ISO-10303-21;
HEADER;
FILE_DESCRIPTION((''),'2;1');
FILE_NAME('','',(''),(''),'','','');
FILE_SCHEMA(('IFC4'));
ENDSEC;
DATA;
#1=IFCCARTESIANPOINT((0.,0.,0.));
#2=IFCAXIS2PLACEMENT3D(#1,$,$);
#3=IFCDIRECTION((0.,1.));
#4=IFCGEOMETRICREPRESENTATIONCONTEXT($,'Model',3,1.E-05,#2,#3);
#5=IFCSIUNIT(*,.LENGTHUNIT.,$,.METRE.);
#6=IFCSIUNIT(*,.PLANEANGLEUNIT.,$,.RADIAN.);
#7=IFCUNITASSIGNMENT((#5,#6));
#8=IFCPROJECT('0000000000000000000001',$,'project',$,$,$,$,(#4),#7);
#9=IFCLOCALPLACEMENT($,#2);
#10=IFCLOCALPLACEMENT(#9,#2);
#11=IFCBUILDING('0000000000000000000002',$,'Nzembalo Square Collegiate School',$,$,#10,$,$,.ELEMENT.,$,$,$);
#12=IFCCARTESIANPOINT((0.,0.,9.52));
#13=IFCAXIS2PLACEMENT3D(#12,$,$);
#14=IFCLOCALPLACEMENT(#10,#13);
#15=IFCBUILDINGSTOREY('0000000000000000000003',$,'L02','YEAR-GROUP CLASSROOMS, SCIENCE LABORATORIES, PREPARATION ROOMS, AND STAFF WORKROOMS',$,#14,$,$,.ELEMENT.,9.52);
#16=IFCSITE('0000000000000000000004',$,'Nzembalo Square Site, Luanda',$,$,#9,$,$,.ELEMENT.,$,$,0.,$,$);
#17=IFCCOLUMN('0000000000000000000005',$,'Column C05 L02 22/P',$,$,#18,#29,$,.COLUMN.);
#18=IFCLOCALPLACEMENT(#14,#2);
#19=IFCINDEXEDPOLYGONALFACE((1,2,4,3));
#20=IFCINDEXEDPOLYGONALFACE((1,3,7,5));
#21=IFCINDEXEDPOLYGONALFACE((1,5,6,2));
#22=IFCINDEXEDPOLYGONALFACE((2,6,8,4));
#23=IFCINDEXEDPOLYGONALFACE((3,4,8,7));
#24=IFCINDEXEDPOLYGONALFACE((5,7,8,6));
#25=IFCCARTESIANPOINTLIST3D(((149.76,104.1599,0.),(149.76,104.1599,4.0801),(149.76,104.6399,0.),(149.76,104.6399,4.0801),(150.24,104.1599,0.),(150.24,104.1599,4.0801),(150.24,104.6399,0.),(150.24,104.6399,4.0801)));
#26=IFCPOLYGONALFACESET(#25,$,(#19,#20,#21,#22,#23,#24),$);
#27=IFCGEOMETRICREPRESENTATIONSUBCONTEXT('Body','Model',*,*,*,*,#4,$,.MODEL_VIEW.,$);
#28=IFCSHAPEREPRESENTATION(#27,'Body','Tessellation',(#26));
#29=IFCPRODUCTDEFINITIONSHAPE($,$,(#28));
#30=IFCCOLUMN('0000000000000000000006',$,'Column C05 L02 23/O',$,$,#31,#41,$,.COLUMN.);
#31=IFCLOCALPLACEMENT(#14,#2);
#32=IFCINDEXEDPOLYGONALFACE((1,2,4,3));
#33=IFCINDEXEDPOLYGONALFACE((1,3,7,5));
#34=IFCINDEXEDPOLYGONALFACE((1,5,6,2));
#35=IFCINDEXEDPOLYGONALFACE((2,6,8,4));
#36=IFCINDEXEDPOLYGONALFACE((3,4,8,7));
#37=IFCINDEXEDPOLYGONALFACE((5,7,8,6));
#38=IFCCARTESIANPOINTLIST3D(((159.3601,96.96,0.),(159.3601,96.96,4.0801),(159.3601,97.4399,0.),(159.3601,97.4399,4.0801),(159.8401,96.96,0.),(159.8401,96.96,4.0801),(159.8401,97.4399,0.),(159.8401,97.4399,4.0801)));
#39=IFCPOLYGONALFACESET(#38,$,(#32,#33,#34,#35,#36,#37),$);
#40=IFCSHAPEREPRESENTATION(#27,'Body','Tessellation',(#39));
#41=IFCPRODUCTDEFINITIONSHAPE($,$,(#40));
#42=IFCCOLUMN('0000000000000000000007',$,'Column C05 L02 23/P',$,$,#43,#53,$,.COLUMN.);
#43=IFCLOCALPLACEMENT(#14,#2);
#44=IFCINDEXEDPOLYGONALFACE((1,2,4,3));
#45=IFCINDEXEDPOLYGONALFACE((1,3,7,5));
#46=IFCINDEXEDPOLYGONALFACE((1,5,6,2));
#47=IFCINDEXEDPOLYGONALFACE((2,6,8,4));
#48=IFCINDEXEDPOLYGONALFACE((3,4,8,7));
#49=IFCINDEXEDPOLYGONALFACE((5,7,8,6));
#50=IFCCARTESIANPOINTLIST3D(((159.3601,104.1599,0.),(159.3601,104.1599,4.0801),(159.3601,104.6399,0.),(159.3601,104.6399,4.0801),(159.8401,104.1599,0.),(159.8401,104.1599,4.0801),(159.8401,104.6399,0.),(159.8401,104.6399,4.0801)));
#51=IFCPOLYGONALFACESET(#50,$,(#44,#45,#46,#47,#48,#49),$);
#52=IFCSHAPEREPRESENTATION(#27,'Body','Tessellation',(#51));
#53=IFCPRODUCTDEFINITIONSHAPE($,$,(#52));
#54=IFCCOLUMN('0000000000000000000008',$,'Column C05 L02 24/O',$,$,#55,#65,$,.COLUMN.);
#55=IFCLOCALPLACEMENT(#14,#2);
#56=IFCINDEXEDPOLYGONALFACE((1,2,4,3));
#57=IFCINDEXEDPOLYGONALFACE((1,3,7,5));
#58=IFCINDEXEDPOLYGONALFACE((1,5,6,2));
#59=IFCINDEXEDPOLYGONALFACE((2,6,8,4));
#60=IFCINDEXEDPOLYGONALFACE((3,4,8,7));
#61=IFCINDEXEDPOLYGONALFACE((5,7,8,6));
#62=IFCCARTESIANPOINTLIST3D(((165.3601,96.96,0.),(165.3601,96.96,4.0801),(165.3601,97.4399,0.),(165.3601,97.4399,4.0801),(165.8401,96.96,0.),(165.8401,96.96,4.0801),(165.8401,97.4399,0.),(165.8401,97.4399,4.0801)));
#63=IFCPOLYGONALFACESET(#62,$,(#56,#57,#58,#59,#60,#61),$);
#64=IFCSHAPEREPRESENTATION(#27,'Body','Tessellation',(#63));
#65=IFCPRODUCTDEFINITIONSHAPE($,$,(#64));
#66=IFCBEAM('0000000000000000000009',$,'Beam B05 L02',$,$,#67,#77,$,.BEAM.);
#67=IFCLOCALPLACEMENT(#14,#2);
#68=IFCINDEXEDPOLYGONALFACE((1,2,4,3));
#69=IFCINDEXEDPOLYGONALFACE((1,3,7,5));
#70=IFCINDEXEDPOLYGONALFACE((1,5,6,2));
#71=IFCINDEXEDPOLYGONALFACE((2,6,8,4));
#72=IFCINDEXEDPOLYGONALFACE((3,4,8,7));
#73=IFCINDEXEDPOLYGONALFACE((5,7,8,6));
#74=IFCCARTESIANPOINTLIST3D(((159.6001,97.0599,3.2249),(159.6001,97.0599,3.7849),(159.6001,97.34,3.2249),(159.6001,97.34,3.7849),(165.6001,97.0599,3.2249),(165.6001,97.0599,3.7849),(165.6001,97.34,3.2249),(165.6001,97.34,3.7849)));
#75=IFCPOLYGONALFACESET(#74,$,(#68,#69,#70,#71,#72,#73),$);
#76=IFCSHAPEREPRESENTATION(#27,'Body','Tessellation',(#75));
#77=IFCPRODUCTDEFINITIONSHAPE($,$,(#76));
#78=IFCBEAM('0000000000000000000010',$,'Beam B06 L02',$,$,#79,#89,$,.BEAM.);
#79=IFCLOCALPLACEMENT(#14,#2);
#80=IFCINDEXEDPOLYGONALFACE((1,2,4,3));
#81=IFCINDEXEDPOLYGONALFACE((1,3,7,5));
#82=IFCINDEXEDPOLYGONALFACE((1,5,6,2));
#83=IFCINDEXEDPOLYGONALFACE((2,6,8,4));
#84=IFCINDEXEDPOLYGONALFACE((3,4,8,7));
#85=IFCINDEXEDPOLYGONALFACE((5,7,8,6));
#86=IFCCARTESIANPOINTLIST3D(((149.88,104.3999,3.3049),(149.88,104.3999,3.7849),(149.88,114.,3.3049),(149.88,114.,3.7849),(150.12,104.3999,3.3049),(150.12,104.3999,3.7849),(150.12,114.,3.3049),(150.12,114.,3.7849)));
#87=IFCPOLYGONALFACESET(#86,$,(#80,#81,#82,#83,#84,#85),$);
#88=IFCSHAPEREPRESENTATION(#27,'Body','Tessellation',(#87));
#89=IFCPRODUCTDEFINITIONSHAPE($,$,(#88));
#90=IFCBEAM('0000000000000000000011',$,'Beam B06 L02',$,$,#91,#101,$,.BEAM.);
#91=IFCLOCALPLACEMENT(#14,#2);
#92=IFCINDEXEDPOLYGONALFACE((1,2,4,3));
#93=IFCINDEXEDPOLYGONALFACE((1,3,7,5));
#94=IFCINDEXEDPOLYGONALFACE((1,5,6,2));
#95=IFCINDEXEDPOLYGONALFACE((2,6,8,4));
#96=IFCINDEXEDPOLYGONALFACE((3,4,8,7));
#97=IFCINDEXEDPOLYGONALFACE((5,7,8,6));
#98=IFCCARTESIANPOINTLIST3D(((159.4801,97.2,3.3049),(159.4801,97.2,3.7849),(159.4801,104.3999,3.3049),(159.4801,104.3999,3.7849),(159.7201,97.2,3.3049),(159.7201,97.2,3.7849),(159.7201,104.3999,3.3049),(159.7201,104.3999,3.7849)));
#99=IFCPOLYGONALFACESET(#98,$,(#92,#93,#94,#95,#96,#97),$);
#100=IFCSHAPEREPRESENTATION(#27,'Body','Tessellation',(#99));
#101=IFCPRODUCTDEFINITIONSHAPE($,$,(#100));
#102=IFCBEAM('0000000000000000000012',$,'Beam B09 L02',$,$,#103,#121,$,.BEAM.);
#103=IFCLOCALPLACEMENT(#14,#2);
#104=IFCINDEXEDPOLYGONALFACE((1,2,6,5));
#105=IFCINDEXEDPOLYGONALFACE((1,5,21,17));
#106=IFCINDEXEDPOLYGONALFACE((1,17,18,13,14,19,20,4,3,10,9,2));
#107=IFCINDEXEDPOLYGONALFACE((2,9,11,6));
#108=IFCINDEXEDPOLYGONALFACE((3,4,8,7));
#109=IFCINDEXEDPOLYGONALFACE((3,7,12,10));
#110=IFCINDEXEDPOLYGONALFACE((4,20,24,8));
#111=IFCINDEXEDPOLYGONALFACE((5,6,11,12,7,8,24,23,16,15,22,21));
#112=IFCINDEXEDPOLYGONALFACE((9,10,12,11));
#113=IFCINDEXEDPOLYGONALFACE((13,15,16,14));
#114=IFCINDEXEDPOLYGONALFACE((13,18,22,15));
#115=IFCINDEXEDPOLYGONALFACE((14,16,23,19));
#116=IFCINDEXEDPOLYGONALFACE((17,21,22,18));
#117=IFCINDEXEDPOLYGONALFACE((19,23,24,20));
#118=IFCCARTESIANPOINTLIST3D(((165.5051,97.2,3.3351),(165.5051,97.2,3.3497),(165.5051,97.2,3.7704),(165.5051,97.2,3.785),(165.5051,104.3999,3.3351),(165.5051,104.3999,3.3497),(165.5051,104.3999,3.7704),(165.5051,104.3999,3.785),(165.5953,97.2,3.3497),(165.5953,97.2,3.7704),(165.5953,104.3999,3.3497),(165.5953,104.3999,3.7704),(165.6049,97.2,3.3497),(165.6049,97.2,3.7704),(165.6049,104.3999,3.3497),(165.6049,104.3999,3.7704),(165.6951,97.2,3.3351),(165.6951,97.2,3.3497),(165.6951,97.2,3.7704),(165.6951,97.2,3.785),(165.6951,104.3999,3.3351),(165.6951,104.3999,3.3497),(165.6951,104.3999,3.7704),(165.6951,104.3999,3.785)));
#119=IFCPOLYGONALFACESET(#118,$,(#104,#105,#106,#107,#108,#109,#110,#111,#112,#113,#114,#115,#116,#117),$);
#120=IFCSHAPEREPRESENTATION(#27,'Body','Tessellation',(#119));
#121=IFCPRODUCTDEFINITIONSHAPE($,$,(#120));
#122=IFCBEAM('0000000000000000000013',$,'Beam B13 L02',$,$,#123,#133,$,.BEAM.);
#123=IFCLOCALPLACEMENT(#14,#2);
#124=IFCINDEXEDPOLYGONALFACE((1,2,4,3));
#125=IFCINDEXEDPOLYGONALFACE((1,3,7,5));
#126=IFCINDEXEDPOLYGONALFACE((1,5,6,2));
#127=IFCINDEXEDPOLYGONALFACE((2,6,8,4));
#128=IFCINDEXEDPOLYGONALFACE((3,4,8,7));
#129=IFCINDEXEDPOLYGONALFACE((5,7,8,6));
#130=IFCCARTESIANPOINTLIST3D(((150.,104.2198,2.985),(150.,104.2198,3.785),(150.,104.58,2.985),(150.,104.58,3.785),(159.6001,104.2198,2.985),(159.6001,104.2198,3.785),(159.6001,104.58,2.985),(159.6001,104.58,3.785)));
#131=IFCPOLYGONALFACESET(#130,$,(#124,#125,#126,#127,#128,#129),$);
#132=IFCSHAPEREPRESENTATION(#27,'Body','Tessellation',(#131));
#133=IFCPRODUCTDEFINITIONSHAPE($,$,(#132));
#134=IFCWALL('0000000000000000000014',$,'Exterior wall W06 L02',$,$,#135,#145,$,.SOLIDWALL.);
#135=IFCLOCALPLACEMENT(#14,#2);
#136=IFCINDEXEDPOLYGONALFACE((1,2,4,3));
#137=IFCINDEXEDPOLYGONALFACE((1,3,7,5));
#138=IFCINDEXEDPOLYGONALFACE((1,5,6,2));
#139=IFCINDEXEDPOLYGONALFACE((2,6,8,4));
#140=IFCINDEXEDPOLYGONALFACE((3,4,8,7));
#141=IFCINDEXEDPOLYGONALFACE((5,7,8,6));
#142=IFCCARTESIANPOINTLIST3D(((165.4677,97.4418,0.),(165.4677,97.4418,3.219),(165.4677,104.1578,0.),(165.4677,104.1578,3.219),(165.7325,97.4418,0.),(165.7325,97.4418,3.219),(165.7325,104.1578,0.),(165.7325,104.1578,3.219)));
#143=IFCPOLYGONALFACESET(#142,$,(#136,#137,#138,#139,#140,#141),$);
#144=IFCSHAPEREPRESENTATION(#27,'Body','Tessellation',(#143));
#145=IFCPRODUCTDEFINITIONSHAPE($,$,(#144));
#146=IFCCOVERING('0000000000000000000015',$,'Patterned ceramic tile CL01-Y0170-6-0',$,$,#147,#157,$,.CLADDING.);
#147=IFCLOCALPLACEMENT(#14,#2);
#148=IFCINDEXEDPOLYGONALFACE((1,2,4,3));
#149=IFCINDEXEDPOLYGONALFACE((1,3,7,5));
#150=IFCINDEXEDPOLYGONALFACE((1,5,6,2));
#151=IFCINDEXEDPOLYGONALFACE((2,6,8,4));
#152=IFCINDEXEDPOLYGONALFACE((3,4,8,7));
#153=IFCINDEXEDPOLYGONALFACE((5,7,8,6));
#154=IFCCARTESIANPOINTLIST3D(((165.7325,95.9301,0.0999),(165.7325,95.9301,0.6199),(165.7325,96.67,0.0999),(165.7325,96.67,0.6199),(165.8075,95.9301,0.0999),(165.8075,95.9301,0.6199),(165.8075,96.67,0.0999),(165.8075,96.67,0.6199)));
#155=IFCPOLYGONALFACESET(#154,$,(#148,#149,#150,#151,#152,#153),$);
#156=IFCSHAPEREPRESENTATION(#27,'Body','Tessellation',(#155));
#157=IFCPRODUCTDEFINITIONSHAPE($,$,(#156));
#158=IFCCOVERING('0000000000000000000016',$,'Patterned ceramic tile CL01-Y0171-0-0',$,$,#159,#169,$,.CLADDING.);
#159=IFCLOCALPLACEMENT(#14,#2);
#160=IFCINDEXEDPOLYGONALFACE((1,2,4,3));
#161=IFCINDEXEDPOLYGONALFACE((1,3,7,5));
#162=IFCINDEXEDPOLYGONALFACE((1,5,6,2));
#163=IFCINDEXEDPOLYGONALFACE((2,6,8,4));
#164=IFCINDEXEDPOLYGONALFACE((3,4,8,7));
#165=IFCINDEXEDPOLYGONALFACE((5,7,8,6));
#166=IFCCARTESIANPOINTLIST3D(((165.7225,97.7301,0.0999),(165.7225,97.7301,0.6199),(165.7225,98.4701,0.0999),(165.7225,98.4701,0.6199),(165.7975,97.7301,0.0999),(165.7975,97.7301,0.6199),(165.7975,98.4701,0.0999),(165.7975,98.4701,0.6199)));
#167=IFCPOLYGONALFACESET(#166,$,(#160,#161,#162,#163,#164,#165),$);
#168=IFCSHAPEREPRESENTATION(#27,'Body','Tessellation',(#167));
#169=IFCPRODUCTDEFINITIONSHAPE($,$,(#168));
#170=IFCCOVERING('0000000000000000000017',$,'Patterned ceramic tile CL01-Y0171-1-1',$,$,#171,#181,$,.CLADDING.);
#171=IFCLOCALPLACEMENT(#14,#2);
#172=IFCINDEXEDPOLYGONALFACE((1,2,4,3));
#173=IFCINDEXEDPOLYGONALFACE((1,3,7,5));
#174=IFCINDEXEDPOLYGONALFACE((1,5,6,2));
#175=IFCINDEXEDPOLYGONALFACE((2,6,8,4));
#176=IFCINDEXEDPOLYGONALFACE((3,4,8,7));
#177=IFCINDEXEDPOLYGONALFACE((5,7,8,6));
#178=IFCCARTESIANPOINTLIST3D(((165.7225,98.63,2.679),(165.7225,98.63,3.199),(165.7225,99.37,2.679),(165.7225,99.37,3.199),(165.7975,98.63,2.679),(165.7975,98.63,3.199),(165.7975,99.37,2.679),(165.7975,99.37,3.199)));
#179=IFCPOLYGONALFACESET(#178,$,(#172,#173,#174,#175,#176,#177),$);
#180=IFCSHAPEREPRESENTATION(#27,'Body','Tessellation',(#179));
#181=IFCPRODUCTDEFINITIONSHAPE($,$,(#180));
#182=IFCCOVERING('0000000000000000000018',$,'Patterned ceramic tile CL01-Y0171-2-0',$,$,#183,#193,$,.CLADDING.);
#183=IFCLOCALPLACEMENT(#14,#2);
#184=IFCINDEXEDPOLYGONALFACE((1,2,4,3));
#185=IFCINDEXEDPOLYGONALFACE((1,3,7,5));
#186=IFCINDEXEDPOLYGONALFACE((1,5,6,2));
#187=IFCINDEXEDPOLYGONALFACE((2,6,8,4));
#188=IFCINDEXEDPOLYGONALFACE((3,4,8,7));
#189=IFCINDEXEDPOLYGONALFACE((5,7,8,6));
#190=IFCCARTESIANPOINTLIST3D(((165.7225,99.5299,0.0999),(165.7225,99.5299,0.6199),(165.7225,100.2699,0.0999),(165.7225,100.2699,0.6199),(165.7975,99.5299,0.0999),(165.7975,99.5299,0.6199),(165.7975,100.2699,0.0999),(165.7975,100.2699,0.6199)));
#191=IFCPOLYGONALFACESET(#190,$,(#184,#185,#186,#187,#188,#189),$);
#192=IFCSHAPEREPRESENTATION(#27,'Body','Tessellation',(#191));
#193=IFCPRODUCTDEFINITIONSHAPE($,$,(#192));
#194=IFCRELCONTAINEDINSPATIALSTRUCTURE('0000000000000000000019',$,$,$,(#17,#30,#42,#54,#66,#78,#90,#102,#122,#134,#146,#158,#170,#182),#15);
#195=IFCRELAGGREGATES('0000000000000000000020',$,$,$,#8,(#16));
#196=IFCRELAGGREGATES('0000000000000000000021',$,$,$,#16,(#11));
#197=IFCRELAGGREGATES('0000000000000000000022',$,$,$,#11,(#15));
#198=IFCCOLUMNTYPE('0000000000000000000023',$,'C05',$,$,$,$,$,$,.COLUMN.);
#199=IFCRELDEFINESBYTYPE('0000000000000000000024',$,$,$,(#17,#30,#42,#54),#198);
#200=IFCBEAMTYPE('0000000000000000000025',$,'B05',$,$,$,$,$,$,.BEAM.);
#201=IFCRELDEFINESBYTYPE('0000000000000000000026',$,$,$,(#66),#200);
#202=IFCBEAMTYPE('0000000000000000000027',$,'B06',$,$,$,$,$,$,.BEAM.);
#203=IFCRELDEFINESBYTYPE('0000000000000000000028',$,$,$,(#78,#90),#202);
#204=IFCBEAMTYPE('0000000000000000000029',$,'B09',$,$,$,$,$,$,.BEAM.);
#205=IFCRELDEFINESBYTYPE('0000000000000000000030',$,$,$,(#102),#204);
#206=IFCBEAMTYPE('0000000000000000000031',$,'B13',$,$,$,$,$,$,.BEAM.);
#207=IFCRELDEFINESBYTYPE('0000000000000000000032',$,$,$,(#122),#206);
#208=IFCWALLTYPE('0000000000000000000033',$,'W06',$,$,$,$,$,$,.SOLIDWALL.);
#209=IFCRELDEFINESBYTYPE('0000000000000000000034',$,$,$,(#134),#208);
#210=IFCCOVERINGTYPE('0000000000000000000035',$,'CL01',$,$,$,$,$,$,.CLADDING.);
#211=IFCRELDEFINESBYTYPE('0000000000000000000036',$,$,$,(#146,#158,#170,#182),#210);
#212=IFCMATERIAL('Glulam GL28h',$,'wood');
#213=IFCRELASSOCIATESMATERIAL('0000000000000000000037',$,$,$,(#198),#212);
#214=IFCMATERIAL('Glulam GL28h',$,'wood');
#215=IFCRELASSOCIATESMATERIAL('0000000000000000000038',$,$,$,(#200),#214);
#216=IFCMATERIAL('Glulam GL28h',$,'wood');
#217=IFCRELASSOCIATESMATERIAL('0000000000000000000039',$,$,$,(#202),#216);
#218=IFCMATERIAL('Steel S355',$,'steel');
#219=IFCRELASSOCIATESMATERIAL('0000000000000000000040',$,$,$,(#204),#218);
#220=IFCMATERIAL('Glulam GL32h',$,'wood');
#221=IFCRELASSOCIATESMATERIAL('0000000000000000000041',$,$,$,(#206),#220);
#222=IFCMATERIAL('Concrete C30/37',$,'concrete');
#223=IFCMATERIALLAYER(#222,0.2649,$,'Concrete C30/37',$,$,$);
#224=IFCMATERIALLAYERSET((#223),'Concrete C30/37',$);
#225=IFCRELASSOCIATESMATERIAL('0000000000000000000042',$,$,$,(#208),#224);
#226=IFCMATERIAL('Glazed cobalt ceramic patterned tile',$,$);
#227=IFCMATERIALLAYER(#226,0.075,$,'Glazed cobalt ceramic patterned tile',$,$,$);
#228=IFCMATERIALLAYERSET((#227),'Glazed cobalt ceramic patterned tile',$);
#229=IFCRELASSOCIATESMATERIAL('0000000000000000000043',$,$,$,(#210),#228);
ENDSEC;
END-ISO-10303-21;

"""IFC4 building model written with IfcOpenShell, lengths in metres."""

from ifc_helpers import new_model, si_unit, direction, frame, frame_2d, origin, origin_2d, place, context, subcontext, project, spatial, rectangle, i_section, extrude, material, layer, layer_set, material_profile, profile_set, type_object, element, save


model = new_model("IFC4")

# Units and contexts
model_context = context("Model", 3, precision=1e-05, world=origin(), true_north=direction((0.0, 1.0)))
body_context = subcontext(model_context, "Body", "Model", "MODEL_VIEW")
ifc_project = project(units=[si_unit("LENGTHUNIT", "METRE"), si_unit("PLANEANGLEUNIT", "RADIAN")], contexts=[model_context])

# Site, building, storey
site_placement = place(None, origin())
site = spatial("IfcSite", under=ifc_project, at=site_placement, Name="Nzembalo Square Site, Luanda", CompositionType="ELEMENT", RefElevation=0.0)
building_placement = place(site_placement, origin())
building = spatial("IfcBuilding", under=site, at=building_placement, Name="Nzembalo Square Collegiate School", CompositionType="ELEMENT")
storey_placement = place(building_placement, frame((0.0, 0.0, 9.52)))
storey = spatial("IfcBuildingStorey", under=building, at=storey_placement, Name="L02", Description="YEAR-GROUP CLASSROOMS, SCIENCE LABORATORIES, PREPARATION ROOMS, AND STAFF WORKROOMS", CompositionType="ELEMENT", Elevation=9.52)

# Columns
ifc_material_1 = material(Name="Glulam GL28h", Category="wood")
ifc_material_profile_1 = material_profile(ifc_material_1, rectangle(XDim=0.48, YDim=0.48, at=origin_2d()), Name="GL28h 480x480")
ifc_profile_set_1 = profile_set([ifc_material_profile_1], Name="Glulam GL28h")
column_type = type_object("IfcColumnType", Name="C05", PredefinedType="COLUMN", material=ifc_profile_set_1)
for number, where, z_axis, x_axis, name in (
    (1, (150.0, 104.3999, 0.0), (0.0, 0.0, 1.0), (1.0, 0.0, 0.0), "Column C05 L02 22/P"),
    (2, (159.6001, 97.2, 0.0), (0.0, 0.0, 1.0), (1.0, 0.0, 0.0), "Column C05 L02 23/O"),
    (3, (159.6001, 104.3999, 0.0), (0.0, 0.0, 1.0), (1.0, 0.0, 0.0), "Column C05 L02 23/P"),
    (4, (165.6001, 97.2, 0.0), (0.0, 0.0, 1.0), (1.0, 0.0, 0.0), "Column C05 L02 24/O"),
):
    element("IfcColumn", number, at=place(storey_placement, frame(where, z_axis=z_axis, x_axis=x_axis)), inside=storey, type_object=column_type, Name=name, PredefinedType="COLUMN", context=body_context, shape_type="SweptSolid", body=[
        extrude(rectangle(XDim=0.48, YDim=0.48, at=origin_2d()), origin(), (0.0, 0.0, 1.0), 4.0801),
    ])

# Beams
ifc_material_2 = material(Name="Glulam GL28h", Category="wood")
ifc_material_profile_2 = material_profile(ifc_material_2, rectangle(XDim=0.28, YDim=0.5601, at=origin_2d()), Name="GL28h 280x560")
ifc_profile_set_2 = profile_set([ifc_material_profile_2], Name="Glulam GL28h")
beam_type_1 = type_object("IfcBeamType", Name="B05", PredefinedType="BEAM", material=ifc_profile_set_2)
beam_1_placement = place(storey_placement, frame((159.6001, 97.2, 3.5049), z_axis=(1.0, 0.0, 0.0), x_axis=(0.0, 1.0, 0.0)))
element("IfcBeam", 5, at=beam_1_placement, inside=storey, type_object=beam_type_1, Name="Beam B05 L02", PredefinedType="BEAM", context=body_context, shape_type="SweptSolid", body=[
    extrude(rectangle(XDim=0.28, YDim=0.5601, at=origin_2d()), origin(), (0.0, 0.0, 1.0), 6.0),
])
ifc_material_3 = material(Name="Glulam GL28h", Category="wood")
ifc_material_profile_3 = material_profile(ifc_material_3, rectangle(XDim=0.24, YDim=0.48, at=origin_2d()), Name="GL28h 240x480")
ifc_profile_set_3 = profile_set([ifc_material_profile_3], Name="Glulam GL28h")
beam_type_2 = type_object("IfcBeamType", Name="B06", PredefinedType="BEAM", material=ifc_profile_set_3)
beam_2_placement = place(storey_placement, frame((150.0, 104.3999, 3.5449), z_axis=(0.0, 1.0, 0.0), x_axis=(-1.0, 0.0, 0.0)))
element("IfcBeam", 6, at=beam_2_placement, inside=storey, type_object=beam_type_2, Name="Beam B06 L02", PredefinedType="BEAM", context=body_context, shape_type="SweptSolid", body=[
    extrude(rectangle(XDim=0.24, YDim=0.48, at=origin_2d()), origin(), (0.0, 0.0, 1.0), 9.6001),
])
beam_3_placement = place(storey_placement, frame((159.6001, 97.2, 3.5449), z_axis=(0.0, 1.0, 0.0), x_axis=(-1.0, 0.0, 0.0)))
element("IfcBeam", 7, at=beam_3_placement, inside=storey, type_object=beam_type_2, Name="Beam B06 L02", PredefinedType="BEAM", context=body_context, shape_type="SweptSolid", body=[
    extrude(rectangle(XDim=0.24, YDim=0.48, at=origin_2d()), origin(), (0.0, 0.0, 1.0), 7.2),
])
ifc_material_4 = material(Name="Steel S355", Category="steel")
ifc_material_profile_4 = material_profile(ifc_material_4, i_section(OverallWidth=0.1899, OverallDepth=0.45, WebThickness=0.0095, FlangeThickness=0.0146, at=origin_2d()), Name="IPE 450")
ifc_profile_set_4 = profile_set([ifc_material_profile_4], Name="Steel S355")
beam_type_3 = type_object("IfcBeamType", Name="B09", PredefinedType="BEAM", material=ifc_profile_set_4)
beam_4_placement = place(storey_placement, frame((165.6001, 97.2, 3.5601), z_axis=(0.0, 1.0, 0.0), x_axis=(-1.0, 0.0, 0.0)))
element("IfcBeam", 8, at=beam_4_placement, inside=storey, type_object=beam_type_3, Name="Beam B09 L02", PredefinedType="BEAM", context=body_context, shape_type="SweptSolid", body=[
    extrude(i_section(OverallWidth=0.1899, OverallDepth=0.45, WebThickness=0.0095, FlangeThickness=0.0146, at=origin_2d()), origin(), (0.0, 0.0, 1.0), 7.2),
])
ifc_material_5 = material(Name="Glulam GL32h", Category="wood")
ifc_material_profile_5 = material_profile(ifc_material_5, rectangle(XDim=0.3601, YDim=0.8, at=origin_2d()), Name="GL32h 360x800")
ifc_profile_set_5 = profile_set([ifc_material_profile_5], Name="Glulam GL32h")
beam_type_4 = type_object("IfcBeamType", Name="B13", PredefinedType="BEAM", material=ifc_profile_set_5)
beam_5_placement = place(storey_placement, frame((150.0, 104.3999, 3.385), z_axis=(1.0, 0.0, 0.0), x_axis=(0.0, 1.0, 0.0)))
element("IfcBeam", 9, at=beam_5_placement, inside=storey, type_object=beam_type_4, Name="Beam B13 L02", PredefinedType="BEAM", context=body_context, shape_type="SweptSolid", body=[
    extrude(rectangle(XDim=0.3601, YDim=0.8, at=origin_2d()), origin(), (0.0, 0.0, 1.0), 9.6001),
])

# Wall
ifc_material_6 = material(Name="Concrete C30/37", Category="concrete")
ifc_layer_1 = layer(ifc_material_6, 0.2649, Name="Concrete C30/37")
ifc_layer_set_1 = layer_set([ifc_layer_1], Name="Concrete C30/37")
wall_type = type_object("IfcWallType", Name="W06", PredefinedType="SOLIDWALL", material=ifc_layer_set_1)
wall_placement = place(storey_placement, frame((165.6001, 97.4419, 0.0), z_axis=(0.0, 0.0, 1.0), x_axis=(0.0, 1.0, 0.0)))
element("IfcWall", 10, at=wall_placement, inside=storey, type_object=wall_type, Name="Exterior wall W06 L02", PredefinedType="SOLIDWALL", context=body_context, shape_type="SweptSolid", body=[
    extrude(rectangle(XDim=6.7161, YDim=0.2649, at=frame_2d((3.3579, 0.0))), origin(), (0.0, 0.0, 1.0), 3.219),
])

# Coverings
ifc_material_7 = material(Name="Glazed cobalt ceramic patterned tile")
ifc_layer_2 = layer(ifc_material_7, 0.075, Name="Glazed cobalt ceramic patterned tile")
ifc_layer_set_2 = layer_set([ifc_layer_2], Name="Glazed cobalt ceramic patterned tile")
covering_type_1 = type_object("IfcCoveringType", Name="CL01", PredefinedType="CLADDING", material=ifc_layer_set_2)
for number, where, z_axis, x_axis, name in (
    (11, (165.77, 96.3, 0.0999), (0.0, 0.0, 1.0), (1.0, 0.0, 0.0), "Patterned ceramic tile CL01-Y0170-6-0"),
    (12, (165.76, 98.1001, 0.0999), (0.0, 0.0, 1.0), (1.0, 0.0, 0.0), "Patterned ceramic tile CL01-Y0171-0-0"),
    (13, (165.76, 99.0, 2.679), (0.0, 0.0, 1.0), (1.0, 0.0, 0.0), "Patterned ceramic tile CL01-Y0171-1-1"),
    (14, (165.76, 99.8999, 0.0999), (0.0, 0.0, 1.0), (1.0, 0.0, 0.0), "Patterned ceramic tile CL01-Y0171-2-0"),
):
    element("IfcCovering", number, at=place(storey_placement, frame(where, z_axis=z_axis, x_axis=x_axis)), inside=storey, type_object=covering_type_1, Name=name, PredefinedType="CLADDING", context=body_context, shape_type="SweptSolid", body=[
        extrude(rectangle(XDim=0.075, YDim=0.74, at=origin_2d()), origin(), (0.0, 0.0, 1.0), 0.52),
    ])

save(model, "model.ifc")
